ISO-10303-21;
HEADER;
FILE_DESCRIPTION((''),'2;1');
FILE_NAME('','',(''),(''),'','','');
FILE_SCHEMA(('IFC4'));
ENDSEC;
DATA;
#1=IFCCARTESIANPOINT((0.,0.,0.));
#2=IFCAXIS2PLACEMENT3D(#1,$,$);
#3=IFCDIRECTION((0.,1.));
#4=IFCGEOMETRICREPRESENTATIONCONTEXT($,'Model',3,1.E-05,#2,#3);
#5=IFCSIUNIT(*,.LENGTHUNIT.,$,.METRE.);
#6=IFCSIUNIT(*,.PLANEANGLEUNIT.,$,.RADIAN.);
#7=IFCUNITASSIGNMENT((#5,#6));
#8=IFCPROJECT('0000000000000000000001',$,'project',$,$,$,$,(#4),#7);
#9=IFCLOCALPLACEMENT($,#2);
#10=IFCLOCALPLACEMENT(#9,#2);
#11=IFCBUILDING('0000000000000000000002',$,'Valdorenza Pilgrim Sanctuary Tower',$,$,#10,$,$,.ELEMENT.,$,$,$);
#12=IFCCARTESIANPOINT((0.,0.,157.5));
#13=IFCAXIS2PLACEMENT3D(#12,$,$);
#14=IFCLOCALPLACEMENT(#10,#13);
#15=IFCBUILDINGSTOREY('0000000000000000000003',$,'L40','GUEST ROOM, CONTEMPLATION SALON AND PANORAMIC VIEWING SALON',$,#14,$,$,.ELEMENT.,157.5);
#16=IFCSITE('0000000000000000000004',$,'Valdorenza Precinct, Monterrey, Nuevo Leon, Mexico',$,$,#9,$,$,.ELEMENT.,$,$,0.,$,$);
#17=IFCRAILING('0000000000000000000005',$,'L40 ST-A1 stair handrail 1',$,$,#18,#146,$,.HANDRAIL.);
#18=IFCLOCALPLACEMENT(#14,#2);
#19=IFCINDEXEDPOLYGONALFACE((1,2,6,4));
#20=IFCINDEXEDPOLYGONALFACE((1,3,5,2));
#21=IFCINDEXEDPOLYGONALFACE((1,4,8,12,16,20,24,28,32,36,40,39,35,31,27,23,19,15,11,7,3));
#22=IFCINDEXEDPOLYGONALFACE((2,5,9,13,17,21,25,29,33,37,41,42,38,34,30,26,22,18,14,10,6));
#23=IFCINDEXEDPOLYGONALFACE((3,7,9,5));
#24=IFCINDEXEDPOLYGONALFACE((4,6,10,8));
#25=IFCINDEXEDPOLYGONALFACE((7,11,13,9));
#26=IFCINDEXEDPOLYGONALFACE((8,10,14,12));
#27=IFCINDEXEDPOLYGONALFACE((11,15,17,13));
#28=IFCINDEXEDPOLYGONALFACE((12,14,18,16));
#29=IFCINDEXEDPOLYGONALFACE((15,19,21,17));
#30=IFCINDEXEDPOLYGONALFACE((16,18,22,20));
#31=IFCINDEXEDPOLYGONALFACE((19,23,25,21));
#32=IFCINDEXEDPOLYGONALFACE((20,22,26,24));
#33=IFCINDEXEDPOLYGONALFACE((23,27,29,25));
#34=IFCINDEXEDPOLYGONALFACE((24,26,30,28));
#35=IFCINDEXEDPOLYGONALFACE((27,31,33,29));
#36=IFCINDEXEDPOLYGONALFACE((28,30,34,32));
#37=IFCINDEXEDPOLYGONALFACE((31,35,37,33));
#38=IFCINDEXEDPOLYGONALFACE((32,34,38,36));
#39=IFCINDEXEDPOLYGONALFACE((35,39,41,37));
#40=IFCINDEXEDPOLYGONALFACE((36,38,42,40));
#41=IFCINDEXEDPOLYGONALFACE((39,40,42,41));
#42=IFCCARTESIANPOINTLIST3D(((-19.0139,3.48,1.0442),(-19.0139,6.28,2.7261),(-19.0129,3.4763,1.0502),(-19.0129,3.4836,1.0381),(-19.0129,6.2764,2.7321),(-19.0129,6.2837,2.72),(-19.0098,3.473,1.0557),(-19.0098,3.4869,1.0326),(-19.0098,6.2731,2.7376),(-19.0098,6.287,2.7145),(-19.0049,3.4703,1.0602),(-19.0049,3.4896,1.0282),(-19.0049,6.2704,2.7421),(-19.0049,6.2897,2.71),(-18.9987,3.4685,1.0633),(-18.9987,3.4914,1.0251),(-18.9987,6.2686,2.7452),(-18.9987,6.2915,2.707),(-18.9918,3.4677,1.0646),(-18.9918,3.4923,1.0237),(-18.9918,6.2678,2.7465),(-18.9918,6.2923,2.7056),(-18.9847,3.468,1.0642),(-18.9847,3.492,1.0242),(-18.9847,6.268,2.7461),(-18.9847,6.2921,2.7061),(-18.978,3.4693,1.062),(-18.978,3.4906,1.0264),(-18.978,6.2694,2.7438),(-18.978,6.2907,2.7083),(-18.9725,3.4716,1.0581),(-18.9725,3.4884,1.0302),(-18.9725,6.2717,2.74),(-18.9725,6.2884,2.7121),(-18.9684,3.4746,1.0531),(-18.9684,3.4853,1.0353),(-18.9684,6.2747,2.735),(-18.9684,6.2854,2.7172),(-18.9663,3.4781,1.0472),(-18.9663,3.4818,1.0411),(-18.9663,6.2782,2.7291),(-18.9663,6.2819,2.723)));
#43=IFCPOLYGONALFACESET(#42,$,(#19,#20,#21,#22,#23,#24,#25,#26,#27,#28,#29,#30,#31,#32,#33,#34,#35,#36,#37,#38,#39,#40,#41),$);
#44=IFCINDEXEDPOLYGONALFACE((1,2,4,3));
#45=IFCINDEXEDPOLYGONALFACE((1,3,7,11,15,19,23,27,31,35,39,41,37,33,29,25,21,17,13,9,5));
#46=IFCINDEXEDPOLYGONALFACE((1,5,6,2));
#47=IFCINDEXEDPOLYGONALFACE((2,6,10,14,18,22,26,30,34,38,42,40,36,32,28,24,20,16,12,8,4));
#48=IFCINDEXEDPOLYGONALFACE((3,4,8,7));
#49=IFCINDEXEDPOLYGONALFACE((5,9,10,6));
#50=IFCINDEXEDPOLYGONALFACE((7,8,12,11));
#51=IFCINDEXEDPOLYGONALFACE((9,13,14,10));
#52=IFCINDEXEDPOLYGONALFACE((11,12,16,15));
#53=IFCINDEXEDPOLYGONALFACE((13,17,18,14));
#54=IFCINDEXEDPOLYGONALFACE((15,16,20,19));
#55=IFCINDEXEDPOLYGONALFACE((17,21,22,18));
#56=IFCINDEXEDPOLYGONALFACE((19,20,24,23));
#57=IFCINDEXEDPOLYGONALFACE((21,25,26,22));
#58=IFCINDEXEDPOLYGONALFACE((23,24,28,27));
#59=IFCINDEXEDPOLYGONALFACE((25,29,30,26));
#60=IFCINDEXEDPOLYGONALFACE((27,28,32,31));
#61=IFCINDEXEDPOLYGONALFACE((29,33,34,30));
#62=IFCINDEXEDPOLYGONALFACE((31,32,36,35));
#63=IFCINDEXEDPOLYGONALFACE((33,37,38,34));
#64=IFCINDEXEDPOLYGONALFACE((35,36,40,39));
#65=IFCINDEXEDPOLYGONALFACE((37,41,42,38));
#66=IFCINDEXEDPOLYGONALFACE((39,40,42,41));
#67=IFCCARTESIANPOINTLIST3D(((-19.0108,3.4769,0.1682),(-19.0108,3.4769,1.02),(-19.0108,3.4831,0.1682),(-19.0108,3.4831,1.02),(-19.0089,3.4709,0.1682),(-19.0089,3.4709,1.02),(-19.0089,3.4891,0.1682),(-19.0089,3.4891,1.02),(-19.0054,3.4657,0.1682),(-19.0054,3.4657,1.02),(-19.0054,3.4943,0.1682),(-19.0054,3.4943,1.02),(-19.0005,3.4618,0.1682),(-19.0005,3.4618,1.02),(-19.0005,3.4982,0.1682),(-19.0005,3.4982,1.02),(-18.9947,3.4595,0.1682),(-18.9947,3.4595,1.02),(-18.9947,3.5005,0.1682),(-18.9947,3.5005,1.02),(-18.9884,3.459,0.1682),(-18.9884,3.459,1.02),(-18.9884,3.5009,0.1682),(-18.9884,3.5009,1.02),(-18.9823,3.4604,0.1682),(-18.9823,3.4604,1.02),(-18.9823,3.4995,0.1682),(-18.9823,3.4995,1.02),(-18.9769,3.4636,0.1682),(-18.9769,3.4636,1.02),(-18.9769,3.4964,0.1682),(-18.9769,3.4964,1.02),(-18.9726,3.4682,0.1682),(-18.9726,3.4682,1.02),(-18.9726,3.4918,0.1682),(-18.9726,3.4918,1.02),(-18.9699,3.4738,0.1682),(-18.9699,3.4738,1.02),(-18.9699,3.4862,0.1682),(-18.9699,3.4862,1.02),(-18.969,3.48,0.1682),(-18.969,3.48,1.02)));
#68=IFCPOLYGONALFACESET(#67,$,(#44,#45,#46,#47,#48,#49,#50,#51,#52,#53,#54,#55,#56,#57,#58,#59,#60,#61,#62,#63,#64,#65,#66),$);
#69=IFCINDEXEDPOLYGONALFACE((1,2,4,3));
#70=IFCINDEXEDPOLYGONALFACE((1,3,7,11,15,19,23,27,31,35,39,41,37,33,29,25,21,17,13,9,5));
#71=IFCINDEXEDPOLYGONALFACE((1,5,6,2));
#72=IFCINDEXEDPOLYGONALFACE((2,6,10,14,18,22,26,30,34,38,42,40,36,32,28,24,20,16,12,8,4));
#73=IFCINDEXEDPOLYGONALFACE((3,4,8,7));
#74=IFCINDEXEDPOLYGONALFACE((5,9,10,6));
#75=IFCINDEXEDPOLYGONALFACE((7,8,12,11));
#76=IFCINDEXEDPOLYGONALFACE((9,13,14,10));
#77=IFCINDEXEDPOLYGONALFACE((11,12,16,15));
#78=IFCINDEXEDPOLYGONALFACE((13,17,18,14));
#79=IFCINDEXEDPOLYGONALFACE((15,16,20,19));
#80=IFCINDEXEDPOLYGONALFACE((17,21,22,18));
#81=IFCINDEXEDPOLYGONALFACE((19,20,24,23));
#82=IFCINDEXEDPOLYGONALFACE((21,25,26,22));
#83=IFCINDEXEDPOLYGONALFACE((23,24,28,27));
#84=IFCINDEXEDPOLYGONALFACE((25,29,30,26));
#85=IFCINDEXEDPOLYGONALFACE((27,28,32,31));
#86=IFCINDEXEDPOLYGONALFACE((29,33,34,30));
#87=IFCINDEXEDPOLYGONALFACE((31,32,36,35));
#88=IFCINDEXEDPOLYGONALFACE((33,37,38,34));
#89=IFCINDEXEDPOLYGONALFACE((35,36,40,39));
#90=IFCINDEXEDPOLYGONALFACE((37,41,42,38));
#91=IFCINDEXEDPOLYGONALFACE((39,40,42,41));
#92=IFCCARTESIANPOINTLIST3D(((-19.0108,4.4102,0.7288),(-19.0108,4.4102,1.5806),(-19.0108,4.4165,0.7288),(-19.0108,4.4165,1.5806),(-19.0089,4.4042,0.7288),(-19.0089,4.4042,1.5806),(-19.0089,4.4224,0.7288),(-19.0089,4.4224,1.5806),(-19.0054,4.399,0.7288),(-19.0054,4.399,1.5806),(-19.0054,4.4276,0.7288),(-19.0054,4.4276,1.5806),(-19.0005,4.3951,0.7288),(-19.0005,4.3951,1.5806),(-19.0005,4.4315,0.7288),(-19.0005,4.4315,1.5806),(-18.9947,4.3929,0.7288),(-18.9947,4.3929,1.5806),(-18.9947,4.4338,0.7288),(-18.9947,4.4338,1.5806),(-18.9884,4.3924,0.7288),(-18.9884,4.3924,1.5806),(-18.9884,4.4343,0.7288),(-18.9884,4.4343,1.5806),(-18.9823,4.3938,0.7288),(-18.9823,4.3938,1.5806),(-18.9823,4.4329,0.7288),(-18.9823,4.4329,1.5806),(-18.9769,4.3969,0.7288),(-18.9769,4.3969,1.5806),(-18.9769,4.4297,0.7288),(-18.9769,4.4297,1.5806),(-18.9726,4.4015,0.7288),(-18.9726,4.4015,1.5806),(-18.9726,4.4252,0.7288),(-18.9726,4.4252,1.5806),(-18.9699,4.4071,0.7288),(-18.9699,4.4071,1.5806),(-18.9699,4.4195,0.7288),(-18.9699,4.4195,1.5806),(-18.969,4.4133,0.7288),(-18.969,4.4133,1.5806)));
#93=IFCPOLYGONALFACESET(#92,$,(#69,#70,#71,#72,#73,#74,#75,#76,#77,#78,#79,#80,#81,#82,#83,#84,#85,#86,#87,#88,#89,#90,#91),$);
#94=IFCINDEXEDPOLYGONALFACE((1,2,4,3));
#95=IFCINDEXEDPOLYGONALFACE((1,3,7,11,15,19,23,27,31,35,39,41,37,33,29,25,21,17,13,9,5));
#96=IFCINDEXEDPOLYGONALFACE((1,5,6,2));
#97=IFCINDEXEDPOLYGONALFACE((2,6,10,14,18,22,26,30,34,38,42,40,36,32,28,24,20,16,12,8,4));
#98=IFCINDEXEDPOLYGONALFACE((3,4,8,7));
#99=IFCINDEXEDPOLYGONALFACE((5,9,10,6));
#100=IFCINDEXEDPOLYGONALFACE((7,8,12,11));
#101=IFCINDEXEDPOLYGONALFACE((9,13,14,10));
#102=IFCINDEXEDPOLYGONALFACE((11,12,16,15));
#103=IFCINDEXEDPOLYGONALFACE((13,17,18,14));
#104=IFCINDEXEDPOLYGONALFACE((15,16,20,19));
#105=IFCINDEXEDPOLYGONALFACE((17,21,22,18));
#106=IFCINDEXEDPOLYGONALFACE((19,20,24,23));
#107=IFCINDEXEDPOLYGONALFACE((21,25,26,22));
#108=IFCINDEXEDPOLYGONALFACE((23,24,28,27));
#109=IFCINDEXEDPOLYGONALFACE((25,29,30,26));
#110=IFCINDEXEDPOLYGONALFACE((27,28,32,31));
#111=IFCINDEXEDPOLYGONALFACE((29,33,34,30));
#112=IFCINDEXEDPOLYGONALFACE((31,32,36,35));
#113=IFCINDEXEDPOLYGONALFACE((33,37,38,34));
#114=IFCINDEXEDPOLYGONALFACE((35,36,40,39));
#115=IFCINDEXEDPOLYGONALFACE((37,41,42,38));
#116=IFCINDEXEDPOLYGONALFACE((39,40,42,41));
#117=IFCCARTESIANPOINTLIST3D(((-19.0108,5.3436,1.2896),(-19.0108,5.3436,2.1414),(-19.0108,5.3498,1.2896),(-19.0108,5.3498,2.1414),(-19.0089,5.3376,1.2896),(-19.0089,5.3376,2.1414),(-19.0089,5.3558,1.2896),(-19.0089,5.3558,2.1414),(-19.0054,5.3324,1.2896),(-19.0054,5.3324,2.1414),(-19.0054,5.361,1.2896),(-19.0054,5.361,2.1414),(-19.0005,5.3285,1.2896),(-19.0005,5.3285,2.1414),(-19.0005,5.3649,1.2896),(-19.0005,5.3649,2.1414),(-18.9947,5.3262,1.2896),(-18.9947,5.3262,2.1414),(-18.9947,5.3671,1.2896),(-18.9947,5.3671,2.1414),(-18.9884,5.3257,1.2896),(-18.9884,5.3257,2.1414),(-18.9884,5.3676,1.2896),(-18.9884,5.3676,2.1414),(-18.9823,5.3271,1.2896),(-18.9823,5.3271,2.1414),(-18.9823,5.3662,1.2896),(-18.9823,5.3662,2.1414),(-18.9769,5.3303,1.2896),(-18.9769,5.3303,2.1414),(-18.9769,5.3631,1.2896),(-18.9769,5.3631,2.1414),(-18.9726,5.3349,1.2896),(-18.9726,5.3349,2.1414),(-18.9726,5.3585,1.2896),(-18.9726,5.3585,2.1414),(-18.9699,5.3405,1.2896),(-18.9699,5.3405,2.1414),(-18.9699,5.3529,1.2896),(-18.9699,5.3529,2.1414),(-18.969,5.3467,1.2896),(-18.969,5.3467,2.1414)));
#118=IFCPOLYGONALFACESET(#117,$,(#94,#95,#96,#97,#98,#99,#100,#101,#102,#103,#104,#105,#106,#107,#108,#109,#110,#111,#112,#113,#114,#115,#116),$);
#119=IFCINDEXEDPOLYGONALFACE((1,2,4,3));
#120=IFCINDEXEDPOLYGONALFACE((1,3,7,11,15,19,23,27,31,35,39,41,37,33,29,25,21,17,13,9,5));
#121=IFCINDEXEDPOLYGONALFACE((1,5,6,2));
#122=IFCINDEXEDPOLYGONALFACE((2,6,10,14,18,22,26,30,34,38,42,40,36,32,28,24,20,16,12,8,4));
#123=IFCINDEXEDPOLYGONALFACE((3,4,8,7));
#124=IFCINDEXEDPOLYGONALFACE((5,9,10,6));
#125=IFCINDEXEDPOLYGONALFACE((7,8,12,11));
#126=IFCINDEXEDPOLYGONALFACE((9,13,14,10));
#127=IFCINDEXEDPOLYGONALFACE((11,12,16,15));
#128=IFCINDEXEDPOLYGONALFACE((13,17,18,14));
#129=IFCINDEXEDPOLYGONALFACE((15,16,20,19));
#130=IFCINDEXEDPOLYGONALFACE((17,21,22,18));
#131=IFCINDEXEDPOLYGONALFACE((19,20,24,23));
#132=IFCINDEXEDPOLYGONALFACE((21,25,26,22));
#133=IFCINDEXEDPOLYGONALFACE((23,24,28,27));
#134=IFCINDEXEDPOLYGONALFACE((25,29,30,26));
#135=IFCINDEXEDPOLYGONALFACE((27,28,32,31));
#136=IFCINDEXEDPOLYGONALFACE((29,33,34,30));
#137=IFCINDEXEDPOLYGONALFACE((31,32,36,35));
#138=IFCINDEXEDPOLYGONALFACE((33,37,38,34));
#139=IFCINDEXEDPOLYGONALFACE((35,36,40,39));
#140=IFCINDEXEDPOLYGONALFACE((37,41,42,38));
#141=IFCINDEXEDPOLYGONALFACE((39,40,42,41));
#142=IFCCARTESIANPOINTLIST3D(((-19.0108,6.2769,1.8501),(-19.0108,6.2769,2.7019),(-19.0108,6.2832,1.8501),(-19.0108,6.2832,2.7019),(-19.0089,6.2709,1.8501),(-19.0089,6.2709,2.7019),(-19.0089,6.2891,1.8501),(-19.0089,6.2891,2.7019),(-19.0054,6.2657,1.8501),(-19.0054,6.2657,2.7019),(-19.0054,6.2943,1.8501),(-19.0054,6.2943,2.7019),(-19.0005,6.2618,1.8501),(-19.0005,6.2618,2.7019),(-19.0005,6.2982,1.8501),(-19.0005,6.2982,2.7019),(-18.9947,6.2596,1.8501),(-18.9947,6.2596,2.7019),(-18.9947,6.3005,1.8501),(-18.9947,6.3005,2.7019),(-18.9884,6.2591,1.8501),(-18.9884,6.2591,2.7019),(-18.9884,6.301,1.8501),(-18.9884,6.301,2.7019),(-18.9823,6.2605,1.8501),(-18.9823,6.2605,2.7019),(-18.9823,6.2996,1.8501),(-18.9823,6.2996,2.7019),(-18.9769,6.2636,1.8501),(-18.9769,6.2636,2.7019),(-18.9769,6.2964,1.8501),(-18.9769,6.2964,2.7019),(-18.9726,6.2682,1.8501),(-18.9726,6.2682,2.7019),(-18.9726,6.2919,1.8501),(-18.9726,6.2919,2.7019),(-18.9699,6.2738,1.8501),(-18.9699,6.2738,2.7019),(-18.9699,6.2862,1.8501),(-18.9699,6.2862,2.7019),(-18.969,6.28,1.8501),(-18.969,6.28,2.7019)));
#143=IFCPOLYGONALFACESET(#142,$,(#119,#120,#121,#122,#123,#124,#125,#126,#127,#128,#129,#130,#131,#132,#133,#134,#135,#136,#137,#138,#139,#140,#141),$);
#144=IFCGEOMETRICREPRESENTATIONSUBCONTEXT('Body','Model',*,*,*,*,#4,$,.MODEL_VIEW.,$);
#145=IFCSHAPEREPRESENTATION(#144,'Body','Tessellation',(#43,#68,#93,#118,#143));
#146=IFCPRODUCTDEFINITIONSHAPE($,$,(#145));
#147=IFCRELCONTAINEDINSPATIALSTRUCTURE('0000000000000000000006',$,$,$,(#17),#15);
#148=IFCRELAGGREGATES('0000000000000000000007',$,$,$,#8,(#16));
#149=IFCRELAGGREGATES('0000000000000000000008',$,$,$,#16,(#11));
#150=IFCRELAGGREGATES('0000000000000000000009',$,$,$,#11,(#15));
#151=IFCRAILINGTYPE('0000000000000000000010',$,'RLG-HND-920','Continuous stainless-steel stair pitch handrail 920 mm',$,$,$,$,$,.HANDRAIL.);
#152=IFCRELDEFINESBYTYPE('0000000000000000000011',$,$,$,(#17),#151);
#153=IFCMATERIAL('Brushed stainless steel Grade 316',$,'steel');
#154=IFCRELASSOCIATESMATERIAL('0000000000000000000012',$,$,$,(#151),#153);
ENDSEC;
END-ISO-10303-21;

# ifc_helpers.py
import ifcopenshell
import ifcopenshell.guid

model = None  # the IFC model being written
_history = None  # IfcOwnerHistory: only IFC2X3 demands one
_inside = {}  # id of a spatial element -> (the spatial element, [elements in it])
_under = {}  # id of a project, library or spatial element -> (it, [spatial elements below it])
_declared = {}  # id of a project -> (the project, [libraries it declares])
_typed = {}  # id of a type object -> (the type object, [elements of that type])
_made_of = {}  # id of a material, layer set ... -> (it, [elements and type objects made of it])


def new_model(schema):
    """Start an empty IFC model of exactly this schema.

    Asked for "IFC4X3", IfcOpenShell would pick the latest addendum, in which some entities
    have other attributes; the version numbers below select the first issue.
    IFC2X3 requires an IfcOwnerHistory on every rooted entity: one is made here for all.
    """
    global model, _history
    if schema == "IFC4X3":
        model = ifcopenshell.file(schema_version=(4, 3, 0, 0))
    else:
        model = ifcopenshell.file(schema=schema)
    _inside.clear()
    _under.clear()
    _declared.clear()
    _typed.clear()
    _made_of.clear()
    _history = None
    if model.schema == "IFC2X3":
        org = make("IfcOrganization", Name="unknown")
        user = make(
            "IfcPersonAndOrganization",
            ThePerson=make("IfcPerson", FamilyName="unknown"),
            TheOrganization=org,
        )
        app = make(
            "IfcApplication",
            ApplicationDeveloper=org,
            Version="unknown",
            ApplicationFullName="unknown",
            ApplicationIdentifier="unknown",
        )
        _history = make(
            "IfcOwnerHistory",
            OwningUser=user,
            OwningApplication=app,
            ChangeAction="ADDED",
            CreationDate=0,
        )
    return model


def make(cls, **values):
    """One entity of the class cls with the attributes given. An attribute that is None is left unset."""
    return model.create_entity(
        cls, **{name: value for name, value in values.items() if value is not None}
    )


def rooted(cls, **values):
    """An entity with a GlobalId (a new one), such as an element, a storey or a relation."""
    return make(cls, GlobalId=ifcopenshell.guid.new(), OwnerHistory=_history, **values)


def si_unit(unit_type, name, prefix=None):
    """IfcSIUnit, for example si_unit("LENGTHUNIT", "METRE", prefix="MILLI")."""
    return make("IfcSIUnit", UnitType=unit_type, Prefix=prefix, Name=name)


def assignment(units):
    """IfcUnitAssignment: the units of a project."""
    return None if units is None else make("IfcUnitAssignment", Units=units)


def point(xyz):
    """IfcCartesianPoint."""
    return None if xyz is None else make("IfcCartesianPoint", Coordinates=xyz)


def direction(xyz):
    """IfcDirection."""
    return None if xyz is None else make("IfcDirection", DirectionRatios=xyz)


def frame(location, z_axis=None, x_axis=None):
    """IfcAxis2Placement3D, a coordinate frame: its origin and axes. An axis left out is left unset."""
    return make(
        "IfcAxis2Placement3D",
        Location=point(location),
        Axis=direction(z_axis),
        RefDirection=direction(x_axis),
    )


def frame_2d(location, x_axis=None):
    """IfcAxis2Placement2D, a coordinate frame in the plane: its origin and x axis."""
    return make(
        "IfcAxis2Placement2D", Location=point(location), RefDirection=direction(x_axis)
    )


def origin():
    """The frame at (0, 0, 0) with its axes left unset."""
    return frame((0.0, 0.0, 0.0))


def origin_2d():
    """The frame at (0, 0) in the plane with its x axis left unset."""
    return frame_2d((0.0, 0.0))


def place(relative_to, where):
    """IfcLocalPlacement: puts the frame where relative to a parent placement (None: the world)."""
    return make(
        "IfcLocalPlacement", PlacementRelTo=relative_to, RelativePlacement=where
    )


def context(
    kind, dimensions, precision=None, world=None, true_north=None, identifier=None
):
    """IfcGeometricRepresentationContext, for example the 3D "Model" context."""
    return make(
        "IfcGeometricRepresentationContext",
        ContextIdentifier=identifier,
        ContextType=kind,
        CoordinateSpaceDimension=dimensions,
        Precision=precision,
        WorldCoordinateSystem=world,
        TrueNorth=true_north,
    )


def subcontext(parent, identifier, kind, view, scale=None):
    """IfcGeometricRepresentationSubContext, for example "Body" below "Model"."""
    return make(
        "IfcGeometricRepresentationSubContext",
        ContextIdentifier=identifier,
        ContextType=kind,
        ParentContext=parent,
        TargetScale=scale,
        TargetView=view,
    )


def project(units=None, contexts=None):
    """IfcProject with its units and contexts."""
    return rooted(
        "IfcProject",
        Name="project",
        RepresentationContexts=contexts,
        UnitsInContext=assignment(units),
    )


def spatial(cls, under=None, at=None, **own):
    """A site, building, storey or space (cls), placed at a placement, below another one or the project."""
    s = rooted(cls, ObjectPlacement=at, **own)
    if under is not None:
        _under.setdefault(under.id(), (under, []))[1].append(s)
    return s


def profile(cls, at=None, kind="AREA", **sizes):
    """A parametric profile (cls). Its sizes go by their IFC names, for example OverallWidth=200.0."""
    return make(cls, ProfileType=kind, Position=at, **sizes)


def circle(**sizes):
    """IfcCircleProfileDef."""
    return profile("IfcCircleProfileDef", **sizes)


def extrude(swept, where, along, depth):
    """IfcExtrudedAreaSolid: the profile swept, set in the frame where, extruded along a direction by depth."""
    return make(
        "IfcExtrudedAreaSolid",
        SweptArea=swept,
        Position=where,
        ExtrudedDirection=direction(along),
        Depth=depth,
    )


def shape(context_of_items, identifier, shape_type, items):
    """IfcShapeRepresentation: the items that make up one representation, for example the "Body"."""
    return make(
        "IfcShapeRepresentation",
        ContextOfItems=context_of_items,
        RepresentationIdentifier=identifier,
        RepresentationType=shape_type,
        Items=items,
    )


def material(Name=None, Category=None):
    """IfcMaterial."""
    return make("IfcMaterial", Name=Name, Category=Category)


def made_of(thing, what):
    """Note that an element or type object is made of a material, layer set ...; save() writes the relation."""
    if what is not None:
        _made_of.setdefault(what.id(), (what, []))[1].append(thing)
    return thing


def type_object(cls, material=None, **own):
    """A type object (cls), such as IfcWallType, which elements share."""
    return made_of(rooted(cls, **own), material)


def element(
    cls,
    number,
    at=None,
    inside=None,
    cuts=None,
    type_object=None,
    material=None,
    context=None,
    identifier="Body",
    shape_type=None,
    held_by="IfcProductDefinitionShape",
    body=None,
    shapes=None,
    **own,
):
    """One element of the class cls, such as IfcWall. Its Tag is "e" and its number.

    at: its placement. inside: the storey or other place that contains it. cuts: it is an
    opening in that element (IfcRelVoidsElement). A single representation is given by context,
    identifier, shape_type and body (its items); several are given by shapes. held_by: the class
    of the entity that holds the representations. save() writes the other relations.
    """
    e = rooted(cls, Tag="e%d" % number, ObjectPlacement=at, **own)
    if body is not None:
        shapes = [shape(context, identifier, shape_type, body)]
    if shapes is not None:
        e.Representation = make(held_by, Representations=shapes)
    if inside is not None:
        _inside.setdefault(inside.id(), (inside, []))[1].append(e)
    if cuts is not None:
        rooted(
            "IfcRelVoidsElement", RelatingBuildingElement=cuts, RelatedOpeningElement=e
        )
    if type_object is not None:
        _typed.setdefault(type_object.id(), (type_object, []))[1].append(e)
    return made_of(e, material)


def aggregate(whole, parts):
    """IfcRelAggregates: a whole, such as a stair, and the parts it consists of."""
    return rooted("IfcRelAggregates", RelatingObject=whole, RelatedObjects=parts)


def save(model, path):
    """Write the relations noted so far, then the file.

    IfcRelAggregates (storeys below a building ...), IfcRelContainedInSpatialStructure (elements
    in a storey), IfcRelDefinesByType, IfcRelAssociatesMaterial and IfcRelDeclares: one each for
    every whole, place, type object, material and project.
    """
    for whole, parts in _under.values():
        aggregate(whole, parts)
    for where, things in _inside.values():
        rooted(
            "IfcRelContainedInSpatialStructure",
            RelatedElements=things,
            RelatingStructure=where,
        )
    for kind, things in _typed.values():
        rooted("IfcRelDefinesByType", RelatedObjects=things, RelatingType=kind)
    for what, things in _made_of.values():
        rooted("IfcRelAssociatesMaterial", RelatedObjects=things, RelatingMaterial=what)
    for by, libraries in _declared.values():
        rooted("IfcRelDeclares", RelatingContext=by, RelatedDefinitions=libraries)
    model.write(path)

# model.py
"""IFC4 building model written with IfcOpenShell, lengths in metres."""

from ifc_helpers import new_model, si_unit, direction, frame, origin, origin_2d, place, context, subcontext, project, spatial, circle, extrude, material, type_object, element, save


model = new_model("IFC4")

# Units and contexts
model_context = context("Model", 3, precision=1e-05, world=origin(), true_north=direction((0.0, 1.0)))
body_context = subcontext(model_context, "Body", "Model", "MODEL_VIEW")
ifc_project = project(units=[si_unit("LENGTHUNIT", "METRE"), si_unit("PLANEANGLEUNIT", "RADIAN")], contexts=[model_context])

# Site, building, storey
site_placement = place(None, origin())
site = spatial("IfcSite", under=ifc_project, at=site_placement, Name="Valdorenza Precinct, Monterrey, Nuevo Leon, Mexico", CompositionType="ELEMENT", RefElevation=0.0)
building_placement = place(site_placement, origin())
building = spatial("IfcBuilding", under=site, at=building_placement, Name="Valdorenza Pilgrim Sanctuary Tower", CompositionType="ELEMENT")
storey_placement = place(building_placement, frame((0.0, 0.0, 157.5)))
storey = spatial("IfcBuildingStorey", under=building, at=storey_placement, Name="L40", Description="GUEST ROOM, CONTEMPLATION SALON AND PANORAMIC VIEWING SALON", CompositionType="ELEMENT", Elevation=157.5)

# Railing
ifc_material_1 = material(Name="Brushed stainless steel Grade 316", Category="steel")
railing_type_1 = type_object("IfcRailingType", Name="RLG-HND-920", Description="Continuous stainless-steel stair pitch handrail 920 mm", PredefinedType="HANDRAIL", material=ifc_material_1)
railing_1_placement = place(storey_placement, frame((-18.99, 3.48, 0.1682)))
element("IfcRailing", 1, at=railing_1_placement, inside=storey, type_object=railing_type_1, Name="L40 ST-A1 stair handrail 1", PredefinedType="HANDRAIL", context=body_context, shape_type="SweptSolid", body=[
    extrude(circle(Radius=0.0239, at=origin_2d()), frame((0.0, 0.0, 0.876), z_axis=(0.0, 0.857242, 0.514913), x_axis=(-1.0, 0.0, 0.0)), (0.0, 0.0, 1.0), 3.2664),
    extrude(circle(Radius=0.021, at=origin_2d()), origin(), (0.0, 0.0, 1.0), 0.8518),
    extrude(circle(Radius=0.021, at=origin_2d()), frame((0.0, 0.9333, 0.5605)), (0.0, 0.0, 1.0), 0.8518),
    extrude(circle(Radius=0.021, at=origin_2d()), frame((0.0, 1.8667, 1.1213)), (0.0, 0.0, 1.0), 0.8518),
    extrude(circle(Radius=0.021, at=origin_2d()), frame((0.0, 2.8, 1.6819)), (0.0, 0.0, 1.0), 0.8518),
])

save(model, "model.ifc")
